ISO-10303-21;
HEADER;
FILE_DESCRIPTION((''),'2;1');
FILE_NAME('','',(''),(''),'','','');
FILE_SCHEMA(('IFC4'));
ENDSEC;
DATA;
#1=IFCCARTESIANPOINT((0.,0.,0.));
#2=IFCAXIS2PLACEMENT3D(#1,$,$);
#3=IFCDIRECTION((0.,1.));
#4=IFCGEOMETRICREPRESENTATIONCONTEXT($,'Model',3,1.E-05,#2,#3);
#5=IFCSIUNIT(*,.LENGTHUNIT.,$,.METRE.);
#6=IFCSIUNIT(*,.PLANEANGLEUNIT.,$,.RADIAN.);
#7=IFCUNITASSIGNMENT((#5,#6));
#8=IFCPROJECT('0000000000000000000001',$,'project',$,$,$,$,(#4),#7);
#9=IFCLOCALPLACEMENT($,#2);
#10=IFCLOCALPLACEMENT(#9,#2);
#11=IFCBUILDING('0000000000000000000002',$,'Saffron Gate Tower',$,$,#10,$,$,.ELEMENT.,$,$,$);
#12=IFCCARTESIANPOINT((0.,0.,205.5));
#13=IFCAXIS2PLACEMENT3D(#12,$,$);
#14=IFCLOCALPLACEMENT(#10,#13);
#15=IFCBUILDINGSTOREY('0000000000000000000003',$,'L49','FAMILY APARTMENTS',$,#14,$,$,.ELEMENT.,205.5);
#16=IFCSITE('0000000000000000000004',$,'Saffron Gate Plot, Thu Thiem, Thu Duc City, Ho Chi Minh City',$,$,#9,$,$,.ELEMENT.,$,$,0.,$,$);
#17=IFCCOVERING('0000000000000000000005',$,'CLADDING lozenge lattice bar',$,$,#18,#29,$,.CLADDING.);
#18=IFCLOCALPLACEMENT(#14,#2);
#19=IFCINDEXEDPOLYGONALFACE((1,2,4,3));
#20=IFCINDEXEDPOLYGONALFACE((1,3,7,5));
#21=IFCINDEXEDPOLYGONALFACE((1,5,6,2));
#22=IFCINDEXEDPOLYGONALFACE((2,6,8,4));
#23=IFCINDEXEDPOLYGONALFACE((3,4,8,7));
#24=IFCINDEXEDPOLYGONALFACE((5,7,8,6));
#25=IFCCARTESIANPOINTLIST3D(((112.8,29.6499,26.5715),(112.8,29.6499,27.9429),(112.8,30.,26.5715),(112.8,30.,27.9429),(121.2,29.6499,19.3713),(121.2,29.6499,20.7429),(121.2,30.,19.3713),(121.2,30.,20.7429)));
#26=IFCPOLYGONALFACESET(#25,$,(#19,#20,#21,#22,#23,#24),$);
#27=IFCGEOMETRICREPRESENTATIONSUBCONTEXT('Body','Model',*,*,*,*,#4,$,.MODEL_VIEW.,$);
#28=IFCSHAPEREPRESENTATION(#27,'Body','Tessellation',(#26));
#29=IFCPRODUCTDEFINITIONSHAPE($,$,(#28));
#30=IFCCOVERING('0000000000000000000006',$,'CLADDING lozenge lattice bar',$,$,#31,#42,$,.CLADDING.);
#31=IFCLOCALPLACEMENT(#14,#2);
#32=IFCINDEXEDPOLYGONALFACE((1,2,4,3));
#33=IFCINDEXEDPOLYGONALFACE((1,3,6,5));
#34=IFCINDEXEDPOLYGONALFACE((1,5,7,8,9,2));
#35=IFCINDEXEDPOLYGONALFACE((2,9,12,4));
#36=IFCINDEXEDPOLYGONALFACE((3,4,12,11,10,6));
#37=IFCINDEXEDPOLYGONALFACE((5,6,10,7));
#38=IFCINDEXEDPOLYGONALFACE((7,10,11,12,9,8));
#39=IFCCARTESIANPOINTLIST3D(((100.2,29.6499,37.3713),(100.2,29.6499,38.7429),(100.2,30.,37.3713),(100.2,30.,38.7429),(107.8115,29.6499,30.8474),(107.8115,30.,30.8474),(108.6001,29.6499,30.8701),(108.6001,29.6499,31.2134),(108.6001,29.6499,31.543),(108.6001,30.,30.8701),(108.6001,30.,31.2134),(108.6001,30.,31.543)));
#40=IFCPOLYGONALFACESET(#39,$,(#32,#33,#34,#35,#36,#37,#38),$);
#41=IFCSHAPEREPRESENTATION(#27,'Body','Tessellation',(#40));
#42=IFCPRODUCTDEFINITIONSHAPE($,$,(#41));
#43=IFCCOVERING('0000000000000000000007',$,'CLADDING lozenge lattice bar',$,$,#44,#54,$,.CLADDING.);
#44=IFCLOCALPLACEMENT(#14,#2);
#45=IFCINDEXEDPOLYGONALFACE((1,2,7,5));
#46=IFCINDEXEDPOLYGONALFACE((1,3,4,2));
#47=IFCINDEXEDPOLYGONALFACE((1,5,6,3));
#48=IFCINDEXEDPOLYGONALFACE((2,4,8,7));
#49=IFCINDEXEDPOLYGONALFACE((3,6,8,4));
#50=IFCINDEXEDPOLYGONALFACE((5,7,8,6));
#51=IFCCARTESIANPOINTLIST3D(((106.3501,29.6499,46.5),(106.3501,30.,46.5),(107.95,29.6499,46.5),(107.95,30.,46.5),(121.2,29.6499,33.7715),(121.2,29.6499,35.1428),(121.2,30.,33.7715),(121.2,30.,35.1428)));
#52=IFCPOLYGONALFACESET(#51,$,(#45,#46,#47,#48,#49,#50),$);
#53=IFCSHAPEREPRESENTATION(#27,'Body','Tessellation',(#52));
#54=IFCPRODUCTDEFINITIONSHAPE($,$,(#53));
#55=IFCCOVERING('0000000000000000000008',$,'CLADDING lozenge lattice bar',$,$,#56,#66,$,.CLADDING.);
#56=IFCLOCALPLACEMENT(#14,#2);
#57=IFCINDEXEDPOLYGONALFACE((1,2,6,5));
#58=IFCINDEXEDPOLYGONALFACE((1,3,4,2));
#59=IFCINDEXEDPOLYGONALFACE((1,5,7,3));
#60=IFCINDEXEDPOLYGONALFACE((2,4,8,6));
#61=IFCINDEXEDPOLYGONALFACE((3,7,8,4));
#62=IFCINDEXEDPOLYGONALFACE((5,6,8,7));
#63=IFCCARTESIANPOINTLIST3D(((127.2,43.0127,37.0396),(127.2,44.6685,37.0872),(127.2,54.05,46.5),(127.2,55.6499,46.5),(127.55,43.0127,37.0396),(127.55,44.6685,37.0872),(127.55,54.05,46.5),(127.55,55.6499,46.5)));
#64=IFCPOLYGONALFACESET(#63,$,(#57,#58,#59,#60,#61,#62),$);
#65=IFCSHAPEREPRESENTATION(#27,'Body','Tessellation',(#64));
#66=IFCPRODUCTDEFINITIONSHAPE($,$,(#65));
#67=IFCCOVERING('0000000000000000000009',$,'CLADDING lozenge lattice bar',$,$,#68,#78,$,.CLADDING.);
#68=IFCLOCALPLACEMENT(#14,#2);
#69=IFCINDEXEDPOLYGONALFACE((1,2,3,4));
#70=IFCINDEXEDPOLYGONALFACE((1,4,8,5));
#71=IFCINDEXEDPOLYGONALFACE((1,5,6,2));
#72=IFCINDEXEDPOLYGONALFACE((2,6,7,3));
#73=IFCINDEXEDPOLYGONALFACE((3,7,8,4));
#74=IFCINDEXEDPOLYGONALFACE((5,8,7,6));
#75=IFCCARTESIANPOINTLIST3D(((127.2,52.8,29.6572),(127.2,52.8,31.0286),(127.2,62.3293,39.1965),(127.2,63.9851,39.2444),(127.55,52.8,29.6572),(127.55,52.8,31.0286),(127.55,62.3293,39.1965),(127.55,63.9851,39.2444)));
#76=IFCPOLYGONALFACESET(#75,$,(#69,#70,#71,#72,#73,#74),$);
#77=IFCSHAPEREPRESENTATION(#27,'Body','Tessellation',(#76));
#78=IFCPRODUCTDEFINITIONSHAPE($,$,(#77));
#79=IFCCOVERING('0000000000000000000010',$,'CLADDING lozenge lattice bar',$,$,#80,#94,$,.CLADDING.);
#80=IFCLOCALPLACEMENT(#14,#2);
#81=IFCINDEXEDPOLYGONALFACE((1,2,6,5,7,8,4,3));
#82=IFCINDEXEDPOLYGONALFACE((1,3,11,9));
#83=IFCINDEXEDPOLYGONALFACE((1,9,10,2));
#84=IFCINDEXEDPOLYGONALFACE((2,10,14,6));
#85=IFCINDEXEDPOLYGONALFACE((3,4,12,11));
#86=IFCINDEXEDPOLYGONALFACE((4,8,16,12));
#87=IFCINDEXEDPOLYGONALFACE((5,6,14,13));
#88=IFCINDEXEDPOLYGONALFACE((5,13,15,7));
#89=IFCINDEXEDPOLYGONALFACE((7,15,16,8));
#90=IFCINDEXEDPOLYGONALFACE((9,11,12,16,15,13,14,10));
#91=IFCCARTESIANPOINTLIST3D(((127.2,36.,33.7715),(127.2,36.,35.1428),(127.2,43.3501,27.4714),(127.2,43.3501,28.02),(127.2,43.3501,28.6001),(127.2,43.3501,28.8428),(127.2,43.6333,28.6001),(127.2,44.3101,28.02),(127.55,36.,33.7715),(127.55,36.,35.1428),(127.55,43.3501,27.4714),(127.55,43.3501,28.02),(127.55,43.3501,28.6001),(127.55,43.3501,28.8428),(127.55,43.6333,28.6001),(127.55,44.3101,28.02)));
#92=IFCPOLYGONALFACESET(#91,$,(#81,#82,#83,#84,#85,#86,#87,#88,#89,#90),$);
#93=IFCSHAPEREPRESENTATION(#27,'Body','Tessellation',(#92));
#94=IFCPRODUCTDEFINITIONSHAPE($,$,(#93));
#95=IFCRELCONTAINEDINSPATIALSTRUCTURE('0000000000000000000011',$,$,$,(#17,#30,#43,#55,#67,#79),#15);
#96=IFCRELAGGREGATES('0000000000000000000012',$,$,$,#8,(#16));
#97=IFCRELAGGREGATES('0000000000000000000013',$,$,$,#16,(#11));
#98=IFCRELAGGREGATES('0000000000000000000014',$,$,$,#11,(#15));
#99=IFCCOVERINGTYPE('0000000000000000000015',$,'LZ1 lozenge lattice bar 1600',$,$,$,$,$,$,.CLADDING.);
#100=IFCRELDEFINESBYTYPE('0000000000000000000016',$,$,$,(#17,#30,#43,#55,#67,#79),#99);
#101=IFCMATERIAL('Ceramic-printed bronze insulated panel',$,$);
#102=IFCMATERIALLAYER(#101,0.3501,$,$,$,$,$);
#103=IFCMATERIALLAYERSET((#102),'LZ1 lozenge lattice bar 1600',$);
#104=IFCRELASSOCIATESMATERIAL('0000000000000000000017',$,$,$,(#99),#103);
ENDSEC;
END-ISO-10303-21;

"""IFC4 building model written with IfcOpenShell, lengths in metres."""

from ifc_helpers import new_model, si_unit, direction, frame, origin, place, context, subcontext, project, spatial, polyline, outline, extrude, material, layer, layer_set, type_object, element, save


model = new_model("IFC4")

# Units and contexts
model_context = context("Model", 3, precision=1e-05, world=origin(), true_north=direction((0.0, 1.0)))
body_context = subcontext(model_context, "Body", "Model", "MODEL_VIEW")
ifc_project = project(units=[si_unit("LENGTHUNIT", "METRE"), si_unit("PLANEANGLEUNIT", "RADIAN")], contexts=[model_context])

# Site, building, storey
site_placement = place(None, origin())
site = spatial("IfcSite", under=ifc_project, at=site_placement, Name="Saffron Gate Plot, Thu Thiem, Thu Duc City, Ho Chi Minh City", CompositionType="ELEMENT", RefElevation=0.0)
building_placement = place(site_placement, origin())
building = spatial("IfcBuilding", under=site, at=building_placement, Name="Saffron Gate Tower", CompositionType="ELEMENT")
storey_placement = place(building_placement, frame((0.0, 0.0, 205.5)))
storey = spatial("IfcBuildingStorey", under=building, at=storey_placement, Name="L49", Description="FAMILY APARTMENTS", CompositionType="ELEMENT", Elevation=205.5)

# Coverings
ifc_material_1 = material(Name="Ceramic-printed bronze insulated panel")
ifc_layer_1 = layer(ifc_material_1, 0.3501)
ifc_layer_set_1 = layer_set([ifc_layer_1], Name="LZ1 lozenge lattice bar 1600")
covering_type = type_object("IfcCoveringType", Name="LZ1 lozenge lattice bar 1600", PredefinedType="CLADDING", material=ifc_layer_set_1)
covering_1_placement = place(storey_placement, frame((121.2, 29.6499, 20.7429), z_axis=(0.0, -1.0, 0.0), x_axis=(-0.759255, 0.0, 0.650793)))
element("IfcCovering", 1, at=covering_1_placement, inside=storey, type_object=covering_type, Name="CLADDING lozenge lattice bar", PredefinedType="CLADDING", context=body_context, shape_type="SweptSolid", body=[
    extrude(outline(polyline([(0.0, 0.0), (11.0633, 0.0), (10.1709, 1.0412), (-0.8926, 1.0414), (0.0, 0.0)])), origin(), (0.0, 0.0, -1.0), 0.3501),
])
covering_2_placement = place(storey_placement, frame((107.8115, 29.6499, 30.8474), z_axis=(0.0, -1.0, 0.0), x_axis=(0.999586, 0.0, 0.028781)))
element("IfcCovering", 2, at=covering_2_placement, inside=storey, type_object=covering_type, Name="CLADDING lozenge lattice bar", PredefinedType="CLADDING", context=body_context, shape_type="SweptSolid", body=[
    extrude(outline(polyline([(0.0, 0.0), (0.7889, 0.0), (0.7988, 0.3431), (0.8083, 0.6726), (-7.3812, 8.1113), (-7.4207, 6.7403), (0.0, 0.0)])), origin(), (0.0, 0.0, -1.0), 0.3501),
])
covering_3_placement = place(storey_placement, frame((121.2, 29.6499, 35.1428), z_axis=(0.0, -1.0, 0.0), x_axis=(-0.759256, 0.0, 0.650793)))
element("IfcCovering", 3, at=covering_3_placement, inside=storey, type_object=covering_type, Name="CLADDING lozenge lattice bar", PredefinedType="CLADDING", context=body_context, shape_type="SweptSolid", body=[
    extrude(outline(polyline([(0.0, 0.0), (17.4513, 0.0), (18.666, 1.0412), (-0.8925, 1.0412), (0.0, 0.0)])), origin(), (0.0, 0.0, -1.0), 0.3501),
])
covering_4_placement = place(storey_placement, frame((127.55, 43.0127, 37.0396), z_axis=(1.0, 0.0, 0.0), x_axis=(0.0, 0.999587, 0.028741)))
element("IfcCovering", 4, at=covering_4_placement, inside=storey, type_object=covering_type, Name="CLADDING lozenge lattice bar", PredefinedType="CLADDING", context=body_context, shape_type="SweptSolid", body=[
    extrude(outline(polyline([(0.0, 0.0), (1.6564, 0.0), (12.9039, 9.0933), (11.3047, 9.1393), (0.0, 0.0)])), origin(), (0.0, 0.0, -1.0), 0.3501),
])
covering_5_placement = place(storey_placement, frame((127.55, 52.8, 31.0286), z_axis=(1.0, 0.0, 0.0), x_axis=(0.0, 0.0, -1.0)))
element("IfcCovering", 5, at=covering_5_placement, inside=storey, type_object=covering_type, Name="CLADDING lozenge lattice bar", PredefinedType="CLADDING", context=body_context, shape_type="SweptSolid", body=[
    extrude(outline(polyline([(0.0, 0.0), (1.3713, 0.0), (-8.2158, 11.1851), (-8.168, 9.5293), (0.0, 0.0)])), origin(), (0.0, 0.0, -1.0), 0.3501),
])
covering_6_placement = place(storey_placement, frame((127.55, 43.3501, 27.4714), z_axis=(1.0, 0.0, 0.0), x_axis=(0.0, 0.0, 1.0)))
element("IfcCovering", 6, at=covering_6_placement, inside=storey, type_object=covering_type, Name="CLADDING lozenge lattice bar", PredefinedType="CLADDING", context=body_context, shape_type="SweptSolid", body=[
    extrude(outline(polyline([(0.0, 0.0), (0.5486, 0.0), (0.5486, -0.96), (1.1287, -0.2832), (1.1287, 0.0), (1.3713, 0.0), (7.6714, 7.3501), (6.3, 7.3501), (0.0, 0.0)])), origin(), (0.0, 0.0, -1.0), 0.3501),
])

save(model, "model.ifc")
